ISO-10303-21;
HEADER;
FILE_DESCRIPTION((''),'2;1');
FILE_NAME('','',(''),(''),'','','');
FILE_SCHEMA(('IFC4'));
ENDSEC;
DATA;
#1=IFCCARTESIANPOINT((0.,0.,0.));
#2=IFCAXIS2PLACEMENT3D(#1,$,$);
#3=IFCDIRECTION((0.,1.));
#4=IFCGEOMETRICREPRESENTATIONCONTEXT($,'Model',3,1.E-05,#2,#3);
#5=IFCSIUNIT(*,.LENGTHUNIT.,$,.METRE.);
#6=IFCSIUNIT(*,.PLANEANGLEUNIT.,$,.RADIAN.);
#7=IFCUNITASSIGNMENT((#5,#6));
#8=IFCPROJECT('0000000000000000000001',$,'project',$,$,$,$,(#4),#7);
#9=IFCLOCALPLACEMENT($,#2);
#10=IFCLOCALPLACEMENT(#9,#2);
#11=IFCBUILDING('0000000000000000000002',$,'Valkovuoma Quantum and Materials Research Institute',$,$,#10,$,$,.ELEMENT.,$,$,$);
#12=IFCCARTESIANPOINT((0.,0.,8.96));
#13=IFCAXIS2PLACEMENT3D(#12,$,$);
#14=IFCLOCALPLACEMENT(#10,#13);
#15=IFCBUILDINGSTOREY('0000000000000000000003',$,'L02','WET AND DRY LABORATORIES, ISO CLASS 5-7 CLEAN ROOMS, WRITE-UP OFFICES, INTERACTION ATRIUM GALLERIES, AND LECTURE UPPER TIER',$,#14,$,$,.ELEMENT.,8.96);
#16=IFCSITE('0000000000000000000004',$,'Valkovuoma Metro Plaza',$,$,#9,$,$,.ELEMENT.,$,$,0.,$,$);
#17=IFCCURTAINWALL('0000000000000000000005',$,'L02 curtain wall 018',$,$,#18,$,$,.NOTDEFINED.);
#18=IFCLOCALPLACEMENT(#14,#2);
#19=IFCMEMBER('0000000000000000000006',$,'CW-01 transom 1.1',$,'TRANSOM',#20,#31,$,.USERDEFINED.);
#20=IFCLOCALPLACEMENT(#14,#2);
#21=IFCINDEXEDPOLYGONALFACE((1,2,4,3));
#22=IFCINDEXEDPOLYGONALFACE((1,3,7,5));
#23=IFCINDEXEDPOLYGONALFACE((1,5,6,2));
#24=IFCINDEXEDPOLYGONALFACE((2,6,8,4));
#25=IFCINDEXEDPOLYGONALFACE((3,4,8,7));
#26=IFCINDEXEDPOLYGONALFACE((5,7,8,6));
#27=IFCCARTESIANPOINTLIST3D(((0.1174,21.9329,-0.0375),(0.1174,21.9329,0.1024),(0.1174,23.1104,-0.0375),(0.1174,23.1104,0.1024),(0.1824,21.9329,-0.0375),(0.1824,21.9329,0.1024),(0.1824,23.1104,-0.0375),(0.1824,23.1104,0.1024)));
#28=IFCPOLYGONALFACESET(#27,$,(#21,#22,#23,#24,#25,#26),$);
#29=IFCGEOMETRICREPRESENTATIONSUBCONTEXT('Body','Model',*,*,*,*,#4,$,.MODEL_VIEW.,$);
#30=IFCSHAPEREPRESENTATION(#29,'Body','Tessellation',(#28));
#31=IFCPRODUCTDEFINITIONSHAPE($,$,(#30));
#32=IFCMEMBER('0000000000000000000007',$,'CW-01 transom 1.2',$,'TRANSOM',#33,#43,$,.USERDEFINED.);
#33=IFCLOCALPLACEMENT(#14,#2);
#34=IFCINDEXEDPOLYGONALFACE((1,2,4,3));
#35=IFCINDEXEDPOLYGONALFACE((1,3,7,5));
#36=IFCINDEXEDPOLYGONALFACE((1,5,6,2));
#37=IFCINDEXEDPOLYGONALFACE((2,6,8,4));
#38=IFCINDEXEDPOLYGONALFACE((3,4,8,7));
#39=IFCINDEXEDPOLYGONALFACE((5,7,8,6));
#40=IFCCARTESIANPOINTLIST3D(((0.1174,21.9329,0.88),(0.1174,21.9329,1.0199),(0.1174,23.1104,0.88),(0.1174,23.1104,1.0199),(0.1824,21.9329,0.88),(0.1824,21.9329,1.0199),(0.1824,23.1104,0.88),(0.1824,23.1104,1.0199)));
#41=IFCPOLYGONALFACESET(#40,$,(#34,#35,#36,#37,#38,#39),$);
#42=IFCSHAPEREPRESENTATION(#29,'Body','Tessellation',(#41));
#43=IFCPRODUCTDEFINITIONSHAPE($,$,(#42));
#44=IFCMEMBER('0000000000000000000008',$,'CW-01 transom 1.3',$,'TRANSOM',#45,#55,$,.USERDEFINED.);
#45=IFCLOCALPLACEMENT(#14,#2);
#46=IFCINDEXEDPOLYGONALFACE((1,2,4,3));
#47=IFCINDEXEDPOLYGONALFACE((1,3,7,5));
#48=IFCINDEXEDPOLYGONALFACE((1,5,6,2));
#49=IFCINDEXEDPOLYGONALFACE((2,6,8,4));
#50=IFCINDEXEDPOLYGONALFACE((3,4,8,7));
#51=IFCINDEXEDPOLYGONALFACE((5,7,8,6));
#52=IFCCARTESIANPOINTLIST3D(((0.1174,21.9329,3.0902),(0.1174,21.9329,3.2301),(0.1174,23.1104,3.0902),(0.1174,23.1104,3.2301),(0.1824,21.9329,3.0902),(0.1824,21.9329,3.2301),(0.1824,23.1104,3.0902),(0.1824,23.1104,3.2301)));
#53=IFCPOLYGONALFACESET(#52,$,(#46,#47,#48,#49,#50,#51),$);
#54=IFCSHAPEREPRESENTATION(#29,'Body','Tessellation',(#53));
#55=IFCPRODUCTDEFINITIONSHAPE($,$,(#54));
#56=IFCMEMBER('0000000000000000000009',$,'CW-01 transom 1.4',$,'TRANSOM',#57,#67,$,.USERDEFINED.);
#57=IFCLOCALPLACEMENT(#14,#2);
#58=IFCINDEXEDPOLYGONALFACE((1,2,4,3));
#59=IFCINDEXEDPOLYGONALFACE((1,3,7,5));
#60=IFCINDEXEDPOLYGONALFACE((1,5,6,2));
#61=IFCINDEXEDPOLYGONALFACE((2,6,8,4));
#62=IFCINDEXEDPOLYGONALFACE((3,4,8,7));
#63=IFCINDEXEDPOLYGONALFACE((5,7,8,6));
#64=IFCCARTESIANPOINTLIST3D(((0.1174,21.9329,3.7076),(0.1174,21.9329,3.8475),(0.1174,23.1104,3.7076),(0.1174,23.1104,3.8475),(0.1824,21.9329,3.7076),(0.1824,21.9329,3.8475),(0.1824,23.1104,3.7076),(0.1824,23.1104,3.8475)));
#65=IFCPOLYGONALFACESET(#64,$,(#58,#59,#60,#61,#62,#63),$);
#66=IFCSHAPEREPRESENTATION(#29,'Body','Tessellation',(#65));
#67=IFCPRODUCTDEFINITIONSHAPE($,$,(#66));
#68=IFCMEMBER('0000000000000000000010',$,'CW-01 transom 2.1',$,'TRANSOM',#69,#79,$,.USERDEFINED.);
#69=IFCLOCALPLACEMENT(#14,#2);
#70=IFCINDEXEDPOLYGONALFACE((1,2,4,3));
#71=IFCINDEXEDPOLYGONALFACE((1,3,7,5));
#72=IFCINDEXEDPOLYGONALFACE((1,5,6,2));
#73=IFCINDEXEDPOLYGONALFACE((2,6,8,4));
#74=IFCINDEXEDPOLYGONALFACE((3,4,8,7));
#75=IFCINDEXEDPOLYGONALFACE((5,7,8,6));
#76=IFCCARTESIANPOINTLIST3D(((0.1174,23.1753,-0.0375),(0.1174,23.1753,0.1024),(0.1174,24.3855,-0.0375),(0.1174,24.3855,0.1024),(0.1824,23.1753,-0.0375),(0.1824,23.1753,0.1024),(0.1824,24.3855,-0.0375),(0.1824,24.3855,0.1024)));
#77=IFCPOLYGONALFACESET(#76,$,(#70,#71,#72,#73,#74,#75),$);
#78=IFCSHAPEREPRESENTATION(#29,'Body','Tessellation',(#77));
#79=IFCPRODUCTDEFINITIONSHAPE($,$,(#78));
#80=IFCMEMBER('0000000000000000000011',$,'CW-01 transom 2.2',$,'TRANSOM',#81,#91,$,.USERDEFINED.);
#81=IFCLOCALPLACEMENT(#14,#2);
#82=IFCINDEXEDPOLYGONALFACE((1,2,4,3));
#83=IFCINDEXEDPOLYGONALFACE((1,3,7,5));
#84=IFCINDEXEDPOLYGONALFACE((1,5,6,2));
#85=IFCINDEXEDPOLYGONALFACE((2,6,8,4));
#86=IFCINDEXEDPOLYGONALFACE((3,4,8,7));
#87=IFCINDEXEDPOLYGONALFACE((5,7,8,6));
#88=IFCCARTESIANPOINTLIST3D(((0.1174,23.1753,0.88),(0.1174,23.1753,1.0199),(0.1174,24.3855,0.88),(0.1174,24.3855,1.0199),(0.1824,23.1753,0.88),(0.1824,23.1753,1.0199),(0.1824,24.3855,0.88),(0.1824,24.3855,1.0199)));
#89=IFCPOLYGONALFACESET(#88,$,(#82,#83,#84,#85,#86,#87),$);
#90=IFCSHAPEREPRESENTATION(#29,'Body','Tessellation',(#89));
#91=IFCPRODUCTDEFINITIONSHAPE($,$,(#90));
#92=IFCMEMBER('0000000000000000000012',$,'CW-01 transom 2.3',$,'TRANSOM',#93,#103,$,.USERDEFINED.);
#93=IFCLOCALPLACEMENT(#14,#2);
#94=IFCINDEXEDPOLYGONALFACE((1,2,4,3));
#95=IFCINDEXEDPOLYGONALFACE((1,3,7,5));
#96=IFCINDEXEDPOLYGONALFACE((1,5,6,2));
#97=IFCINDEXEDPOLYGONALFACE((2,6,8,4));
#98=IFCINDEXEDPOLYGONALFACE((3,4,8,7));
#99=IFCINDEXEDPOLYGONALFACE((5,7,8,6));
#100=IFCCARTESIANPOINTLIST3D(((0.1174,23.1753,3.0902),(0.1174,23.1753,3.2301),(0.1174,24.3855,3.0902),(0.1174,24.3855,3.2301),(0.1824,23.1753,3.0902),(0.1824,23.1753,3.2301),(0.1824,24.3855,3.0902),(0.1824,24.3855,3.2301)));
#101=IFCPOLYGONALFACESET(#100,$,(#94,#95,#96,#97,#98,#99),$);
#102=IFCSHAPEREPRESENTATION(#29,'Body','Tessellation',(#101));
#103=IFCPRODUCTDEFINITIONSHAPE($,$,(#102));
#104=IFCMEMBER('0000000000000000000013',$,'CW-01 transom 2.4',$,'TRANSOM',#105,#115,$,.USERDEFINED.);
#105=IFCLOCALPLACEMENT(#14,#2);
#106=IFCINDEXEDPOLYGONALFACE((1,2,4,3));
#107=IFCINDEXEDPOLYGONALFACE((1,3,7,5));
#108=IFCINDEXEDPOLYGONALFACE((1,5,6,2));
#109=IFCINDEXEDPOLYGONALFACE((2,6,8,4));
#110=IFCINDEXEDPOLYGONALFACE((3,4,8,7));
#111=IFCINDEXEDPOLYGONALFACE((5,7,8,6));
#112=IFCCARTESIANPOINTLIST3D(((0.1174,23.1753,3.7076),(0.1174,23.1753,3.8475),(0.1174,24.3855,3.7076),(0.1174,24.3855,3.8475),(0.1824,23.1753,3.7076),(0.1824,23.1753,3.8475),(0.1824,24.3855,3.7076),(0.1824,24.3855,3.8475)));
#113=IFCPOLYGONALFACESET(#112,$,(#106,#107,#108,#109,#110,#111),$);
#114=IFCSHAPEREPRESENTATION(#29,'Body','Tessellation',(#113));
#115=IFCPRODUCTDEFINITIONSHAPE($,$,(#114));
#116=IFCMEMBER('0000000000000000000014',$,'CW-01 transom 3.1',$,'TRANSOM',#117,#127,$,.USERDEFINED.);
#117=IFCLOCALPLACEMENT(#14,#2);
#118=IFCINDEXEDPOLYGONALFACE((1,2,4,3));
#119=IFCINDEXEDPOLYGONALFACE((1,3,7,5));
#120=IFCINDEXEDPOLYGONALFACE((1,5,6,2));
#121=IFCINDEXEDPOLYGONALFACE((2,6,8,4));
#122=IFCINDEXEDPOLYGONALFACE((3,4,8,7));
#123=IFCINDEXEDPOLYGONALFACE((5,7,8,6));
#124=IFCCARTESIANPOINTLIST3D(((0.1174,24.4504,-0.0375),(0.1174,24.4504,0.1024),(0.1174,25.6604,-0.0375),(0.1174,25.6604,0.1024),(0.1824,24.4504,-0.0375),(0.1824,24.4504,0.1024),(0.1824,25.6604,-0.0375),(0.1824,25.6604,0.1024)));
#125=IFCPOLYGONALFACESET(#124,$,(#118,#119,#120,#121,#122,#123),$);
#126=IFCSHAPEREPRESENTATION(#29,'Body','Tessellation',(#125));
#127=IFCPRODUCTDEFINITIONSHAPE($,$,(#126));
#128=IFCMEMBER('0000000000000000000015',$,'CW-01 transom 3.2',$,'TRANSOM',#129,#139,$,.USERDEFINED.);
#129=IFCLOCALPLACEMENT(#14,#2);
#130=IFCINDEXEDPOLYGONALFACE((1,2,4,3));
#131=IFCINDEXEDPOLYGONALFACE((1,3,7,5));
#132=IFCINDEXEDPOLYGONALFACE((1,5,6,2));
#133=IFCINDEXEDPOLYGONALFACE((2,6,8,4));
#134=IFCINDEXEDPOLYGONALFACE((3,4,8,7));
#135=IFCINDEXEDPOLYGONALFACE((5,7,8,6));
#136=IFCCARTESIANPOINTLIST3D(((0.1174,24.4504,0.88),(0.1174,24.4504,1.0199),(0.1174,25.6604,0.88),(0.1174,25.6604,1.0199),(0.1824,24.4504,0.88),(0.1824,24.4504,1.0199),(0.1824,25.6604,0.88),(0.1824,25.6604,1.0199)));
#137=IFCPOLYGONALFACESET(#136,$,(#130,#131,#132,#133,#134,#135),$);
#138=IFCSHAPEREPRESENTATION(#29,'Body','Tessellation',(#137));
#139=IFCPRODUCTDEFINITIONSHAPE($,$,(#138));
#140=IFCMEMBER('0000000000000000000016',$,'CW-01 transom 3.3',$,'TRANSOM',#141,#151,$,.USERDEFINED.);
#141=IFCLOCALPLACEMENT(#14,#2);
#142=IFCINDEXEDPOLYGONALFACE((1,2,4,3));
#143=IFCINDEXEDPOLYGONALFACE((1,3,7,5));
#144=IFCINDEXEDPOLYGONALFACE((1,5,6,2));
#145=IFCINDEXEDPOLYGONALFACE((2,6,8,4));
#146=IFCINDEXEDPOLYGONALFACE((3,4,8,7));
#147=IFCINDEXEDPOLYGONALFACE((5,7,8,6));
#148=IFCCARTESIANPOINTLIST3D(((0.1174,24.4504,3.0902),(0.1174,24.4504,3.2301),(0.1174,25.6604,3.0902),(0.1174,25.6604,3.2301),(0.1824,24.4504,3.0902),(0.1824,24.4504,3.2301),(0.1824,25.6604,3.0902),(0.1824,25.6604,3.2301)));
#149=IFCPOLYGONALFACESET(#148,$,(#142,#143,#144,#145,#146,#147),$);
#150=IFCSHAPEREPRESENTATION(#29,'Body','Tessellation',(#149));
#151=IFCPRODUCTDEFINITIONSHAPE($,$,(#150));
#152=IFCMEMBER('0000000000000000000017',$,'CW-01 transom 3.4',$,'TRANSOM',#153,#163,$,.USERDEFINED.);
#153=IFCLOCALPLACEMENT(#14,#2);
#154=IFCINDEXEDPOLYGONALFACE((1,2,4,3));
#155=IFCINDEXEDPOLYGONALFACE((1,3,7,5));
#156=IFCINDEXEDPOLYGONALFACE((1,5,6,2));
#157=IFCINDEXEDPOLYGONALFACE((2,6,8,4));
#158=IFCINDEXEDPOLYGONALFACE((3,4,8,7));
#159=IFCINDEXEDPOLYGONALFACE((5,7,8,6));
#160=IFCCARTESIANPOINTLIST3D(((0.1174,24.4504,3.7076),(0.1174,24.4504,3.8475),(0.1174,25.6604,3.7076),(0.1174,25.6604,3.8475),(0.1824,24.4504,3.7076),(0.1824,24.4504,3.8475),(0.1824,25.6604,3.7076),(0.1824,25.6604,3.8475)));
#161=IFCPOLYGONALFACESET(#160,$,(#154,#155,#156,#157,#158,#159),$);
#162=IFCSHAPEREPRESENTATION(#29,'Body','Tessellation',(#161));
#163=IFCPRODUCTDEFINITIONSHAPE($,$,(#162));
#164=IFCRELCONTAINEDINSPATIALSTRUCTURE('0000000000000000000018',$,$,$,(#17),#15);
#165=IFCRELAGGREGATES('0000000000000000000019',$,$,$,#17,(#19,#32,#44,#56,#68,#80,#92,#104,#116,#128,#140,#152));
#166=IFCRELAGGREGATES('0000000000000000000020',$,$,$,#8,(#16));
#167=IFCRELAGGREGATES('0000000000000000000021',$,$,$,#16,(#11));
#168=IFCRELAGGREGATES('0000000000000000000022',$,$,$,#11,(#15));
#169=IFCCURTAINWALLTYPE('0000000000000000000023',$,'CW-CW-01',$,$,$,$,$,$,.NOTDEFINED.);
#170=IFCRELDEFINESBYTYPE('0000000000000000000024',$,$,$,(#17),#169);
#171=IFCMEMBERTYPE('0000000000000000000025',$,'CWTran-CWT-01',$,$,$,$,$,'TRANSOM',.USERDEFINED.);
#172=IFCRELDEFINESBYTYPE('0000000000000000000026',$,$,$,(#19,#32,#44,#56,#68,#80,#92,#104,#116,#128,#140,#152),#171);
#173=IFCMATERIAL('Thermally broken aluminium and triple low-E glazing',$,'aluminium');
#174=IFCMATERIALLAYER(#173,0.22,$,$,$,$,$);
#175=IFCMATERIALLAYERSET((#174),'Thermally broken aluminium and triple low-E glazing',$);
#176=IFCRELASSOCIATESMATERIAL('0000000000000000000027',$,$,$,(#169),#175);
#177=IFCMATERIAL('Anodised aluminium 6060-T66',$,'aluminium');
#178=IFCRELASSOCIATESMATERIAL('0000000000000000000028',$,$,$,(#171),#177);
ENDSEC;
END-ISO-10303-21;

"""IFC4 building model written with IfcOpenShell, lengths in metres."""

from ifc_helpers import new_model, si_unit, direction, frame, origin, origin_2d, place, context, subcontext, project, spatial, rectangle, extrude, material, layer, layer_set, material_profile, profile_set, type_object, element, aggregate, save


model = new_model("IFC4")

# Units and contexts
model_context = context("Model", 3, precision=1e-05, world=origin(), true_north=direction((0.0, 1.0)))
body_context = subcontext(model_context, "Body", "Model", "MODEL_VIEW")
ifc_project = project(units=[si_unit("LENGTHUNIT", "METRE"), si_unit("PLANEANGLEUNIT", "RADIAN")], contexts=[model_context])

# Site, building, storey
site_placement = place(None, origin())
site = spatial("IfcSite", under=ifc_project, at=site_placement, Name="Valkovuoma Metro Plaza", CompositionType="ELEMENT", RefElevation=0.0)
building_placement = place(site_placement, origin())
building = spatial("IfcBuilding", under=site, at=building_placement, Name="Valkovuoma Quantum and Materials Research Institute", CompositionType="ELEMENT")
storey_placement = place(building_placement, frame((0.0, 0.0, 8.96)))
storey = spatial("IfcBuildingStorey", under=building, at=storey_placement, Name="L02", Description="WET AND DRY LABORATORIES, ISO CLASS 5-7 CLEAN ROOMS, WRITE-UP OFFICES, INTERACTION ATRIUM GALLERIES, AND LECTURE UPPER TIER", CompositionType="ELEMENT", Elevation=8.96)

# Curtain wall, members
ifc_material_1 = material(Name="Thermally broken aluminium and triple low-E glazing", Category="aluminium")
ifc_layer_1 = layer(ifc_material_1, 0.22)
ifc_layer_set_1 = layer_set([ifc_layer_1], Name="Thermally broken aluminium and triple low-E glazing")
curtain_wall_type = type_object("IfcCurtainWallType", Name="CW-CW-01", PredefinedType="NOTDEFINED", material=ifc_layer_set_1)
curtain_wall_placement = place(storey_placement, origin())
curtain_wall = element("IfcCurtainWall", 1, at=curtain_wall_placement, inside=storey, type_object=curtain_wall_type, Name="L02 curtain wall 018", PredefinedType="NOTDEFINED")
ifc_material_2 = material(Name="Anodised aluminium 6060-T66", Category="aluminium")
ifc_material_profile_1 = material_profile(ifc_material_2, rectangle(XDim=0.0649, YDim=0.1399, at=origin_2d()), Name="Anodised aluminium 6060-T66")
ifc_profile_set_1 = profile_set([ifc_material_profile_1], Name="Anodised aluminium 6060-T66")
member_type_1 = type_object("IfcMemberType", Name="CWTran-CWT-01", ElementType="TRANSOM", PredefinedType="USERDEFINED", material=ifc_profile_set_1)
member_1_placement = place(storey_placement, frame((0.1499, 21.9329, 0.0325), z_axis=(0.0, 1.0, 0.0), x_axis=(-1.0, 0.0, 0.0)))
member_1 = element("IfcMember", 2, at=member_1_placement, type_object=member_type_1, Name="CW-01 transom 1.1", ObjectType="TRANSOM", PredefinedType="USERDEFINED", context=body_context, shape_type="SweptSolid", body=[
    extrude(rectangle(XDim=0.0649, YDim=0.1399, at=origin_2d()), origin(), (0.0, 0.0, 1.0), 1.1775),
])
member_2_placement = place(storey_placement, frame((0.1499, 21.9329, 0.95), z_axis=(0.0, 1.0, 0.0), x_axis=(-1.0, 0.0, 0.0)))
member_2 = element("IfcMember", 3, at=member_2_placement, type_object=member_type_1, Name="CW-01 transom 1.2", ObjectType="TRANSOM", PredefinedType="USERDEFINED", context=body_context, shape_type="SweptSolid", body=[
    extrude(rectangle(XDim=0.0649, YDim=0.1399, at=origin_2d()), origin(), (0.0, 0.0, 1.0), 1.1775),
])
member_3_placement = place(storey_placement, frame((0.1499, 21.9329, 3.1602), z_axis=(0.0, 1.0, 0.0), x_axis=(-1.0, 0.0, 0.0)))
member_3 = element("IfcMember", 4, at=member_3_placement, type_object=member_type_1, Name="CW-01 transom 1.3", ObjectType="TRANSOM", PredefinedType="USERDEFINED", context=body_context, shape_type="SweptSolid", body=[
    extrude(rectangle(XDim=0.0649, YDim=0.1399, at=origin_2d()), origin(), (0.0, 0.0, 1.0), 1.1775),
])
member_4_placement = place(storey_placement, frame((0.1499, 21.9329, 3.7776), z_axis=(0.0, 1.0, 0.0), x_axis=(-1.0, 0.0, 0.0)))
member_4 = element("IfcMember", 5, at=member_4_placement, type_object=member_type_1, Name="CW-01 transom 1.4", ObjectType="TRANSOM", PredefinedType="USERDEFINED", context=body_context, shape_type="SweptSolid", body=[
    extrude(rectangle(XDim=0.0649, YDim=0.1399, at=origin_2d()), origin(), (0.0, 0.0, 1.0), 1.1775),
])
member_5_placement = place(storey_placement, frame((0.1499, 23.1753, 0.0325), z_axis=(0.0, 1.0, 0.0), x_axis=(-1.0, 0.0, 0.0)))
member_5 = element("IfcMember", 6, at=member_5_placement, type_object=member_type_1, Name="CW-01 transom 2.1", ObjectType="TRANSOM", PredefinedType="USERDEFINED", context=body_context, shape_type="SweptSolid", body=[
    extrude(rectangle(XDim=0.0649, YDim=0.1399, at=origin_2d()), origin(), (0.0, 0.0, 1.0), 1.2102),
])
member_6_placement = place(storey_placement, frame((0.1499, 23.1753, 0.95), z_axis=(0.0, 1.0, 0.0), x_axis=(-1.0, 0.0, 0.0)))
member_6 = element("IfcMember", 7, at=member_6_placement, type_object=member_type_1, Name="CW-01 transom 2.2", ObjectType="TRANSOM", PredefinedType="USERDEFINED", context=body_context, shape_type="SweptSolid", body=[
    extrude(rectangle(XDim=0.0649, YDim=0.1399, at=origin_2d()), origin(), (0.0, 0.0, 1.0), 1.2102),
])
member_7_placement = place(storey_placement, frame((0.1499, 23.1753, 3.1602), z_axis=(0.0, 1.0, 0.0), x_axis=(-1.0, 0.0, 0.0)))
member_7 = element("IfcMember", 8, at=member_7_placement, type_object=member_type_1, Name="CW-01 transom 2.3", ObjectType="TRANSOM", PredefinedType="USERDEFINED", context=body_context, shape_type="SweptSolid", body=[
    extrude(rectangle(XDim=0.0649, YDim=0.1399, at=origin_2d()), origin(), (0.0, 0.0, 1.0), 1.2102),
])
member_8_placement = place(storey_placement, frame((0.1499, 23.1753, 3.7776), z_axis=(0.0, 1.0, 0.0), x_axis=(-1.0, 0.0, 0.0)))
member_8 = element("IfcMember", 9, at=member_8_placement, type_object=member_type_1, Name="CW-01 transom 2.4", ObjectType="TRANSOM", PredefinedType="USERDEFINED", context=body_context, shape_type="SweptSolid", body=[
    extrude(rectangle(XDim=0.0649, YDim=0.1399, at=origin_2d()), origin(), (0.0, 0.0, 1.0), 1.2102),
])
member_9_placement = place(storey_placement, frame((0.1499, 24.4504, 0.0325), z_axis=(0.0, 1.0, 0.0), x_axis=(-1.0, 0.0, 0.0)))
member_9 = element("IfcMember", 10, at=member_9_placement, type_object=member_type_1, Name="CW-01 transom 3.1", ObjectType="TRANSOM", PredefinedType="USERDEFINED", context=body_context, shape_type="SweptSolid", body=[
    extrude(rectangle(XDim=0.0649, YDim=0.1399, at=origin_2d()), origin(), (0.0, 0.0, 1.0), 1.21),
])
member_10_placement = place(storey_placement, frame((0.1499, 24.4504, 0.95), z_axis=(0.0, 1.0, 0.0), x_axis=(-1.0, 0.0, 0.0)))
member_10 = element("IfcMember", 11, at=member_10_placement, type_object=member_type_1, Name="CW-01 transom 3.2", ObjectType="TRANSOM", PredefinedType="USERDEFINED", context=body_context, shape_type="SweptSolid", body=[
    extrude(rectangle(XDim=0.0649, YDim=0.1399, at=origin_2d()), origin(), (0.0, 0.0, 1.0), 1.21),
])
member_11_placement = place(storey_placement, frame((0.1499, 24.4504, 3.1602), z_axis=(0.0, 1.0, 0.0), x_axis=(-1.0, 0.0, 0.0)))
member_11 = element("IfcMember", 12, at=member_11_placement, type_object=member_type_1, Name="CW-01 transom 3.3", ObjectType="TRANSOM", PredefinedType="USERDEFINED", context=body_context, shape_type="SweptSolid", body=[
    extrude(rectangle(XDim=0.0649, YDim=0.1399, at=origin_2d()), origin(), (0.0, 0.0, 1.0), 1.21),
])
member_12_placement = place(storey_placement, frame((0.1499, 24.4504, 3.7776), z_axis=(0.0, 1.0, 0.0), x_axis=(-1.0, 0.0, 0.0)))
member_12 = element("IfcMember", 13, at=member_12_placement, type_object=member_type_1, Name="CW-01 transom 3.4", ObjectType="TRANSOM", PredefinedType="USERDEFINED", context=body_context, shape_type="SweptSolid", body=[
    extrude(rectangle(XDim=0.0649, YDim=0.1399, at=origin_2d()), origin(), (0.0, 0.0, 1.0), 1.21),
])

aggregate(curtain_wall, [member_1, member_2, member_3, member_4, member_5, member_6, member_7, member_8, member_9, member_10, member_11, member_12])

save(model, "model.ifc")
